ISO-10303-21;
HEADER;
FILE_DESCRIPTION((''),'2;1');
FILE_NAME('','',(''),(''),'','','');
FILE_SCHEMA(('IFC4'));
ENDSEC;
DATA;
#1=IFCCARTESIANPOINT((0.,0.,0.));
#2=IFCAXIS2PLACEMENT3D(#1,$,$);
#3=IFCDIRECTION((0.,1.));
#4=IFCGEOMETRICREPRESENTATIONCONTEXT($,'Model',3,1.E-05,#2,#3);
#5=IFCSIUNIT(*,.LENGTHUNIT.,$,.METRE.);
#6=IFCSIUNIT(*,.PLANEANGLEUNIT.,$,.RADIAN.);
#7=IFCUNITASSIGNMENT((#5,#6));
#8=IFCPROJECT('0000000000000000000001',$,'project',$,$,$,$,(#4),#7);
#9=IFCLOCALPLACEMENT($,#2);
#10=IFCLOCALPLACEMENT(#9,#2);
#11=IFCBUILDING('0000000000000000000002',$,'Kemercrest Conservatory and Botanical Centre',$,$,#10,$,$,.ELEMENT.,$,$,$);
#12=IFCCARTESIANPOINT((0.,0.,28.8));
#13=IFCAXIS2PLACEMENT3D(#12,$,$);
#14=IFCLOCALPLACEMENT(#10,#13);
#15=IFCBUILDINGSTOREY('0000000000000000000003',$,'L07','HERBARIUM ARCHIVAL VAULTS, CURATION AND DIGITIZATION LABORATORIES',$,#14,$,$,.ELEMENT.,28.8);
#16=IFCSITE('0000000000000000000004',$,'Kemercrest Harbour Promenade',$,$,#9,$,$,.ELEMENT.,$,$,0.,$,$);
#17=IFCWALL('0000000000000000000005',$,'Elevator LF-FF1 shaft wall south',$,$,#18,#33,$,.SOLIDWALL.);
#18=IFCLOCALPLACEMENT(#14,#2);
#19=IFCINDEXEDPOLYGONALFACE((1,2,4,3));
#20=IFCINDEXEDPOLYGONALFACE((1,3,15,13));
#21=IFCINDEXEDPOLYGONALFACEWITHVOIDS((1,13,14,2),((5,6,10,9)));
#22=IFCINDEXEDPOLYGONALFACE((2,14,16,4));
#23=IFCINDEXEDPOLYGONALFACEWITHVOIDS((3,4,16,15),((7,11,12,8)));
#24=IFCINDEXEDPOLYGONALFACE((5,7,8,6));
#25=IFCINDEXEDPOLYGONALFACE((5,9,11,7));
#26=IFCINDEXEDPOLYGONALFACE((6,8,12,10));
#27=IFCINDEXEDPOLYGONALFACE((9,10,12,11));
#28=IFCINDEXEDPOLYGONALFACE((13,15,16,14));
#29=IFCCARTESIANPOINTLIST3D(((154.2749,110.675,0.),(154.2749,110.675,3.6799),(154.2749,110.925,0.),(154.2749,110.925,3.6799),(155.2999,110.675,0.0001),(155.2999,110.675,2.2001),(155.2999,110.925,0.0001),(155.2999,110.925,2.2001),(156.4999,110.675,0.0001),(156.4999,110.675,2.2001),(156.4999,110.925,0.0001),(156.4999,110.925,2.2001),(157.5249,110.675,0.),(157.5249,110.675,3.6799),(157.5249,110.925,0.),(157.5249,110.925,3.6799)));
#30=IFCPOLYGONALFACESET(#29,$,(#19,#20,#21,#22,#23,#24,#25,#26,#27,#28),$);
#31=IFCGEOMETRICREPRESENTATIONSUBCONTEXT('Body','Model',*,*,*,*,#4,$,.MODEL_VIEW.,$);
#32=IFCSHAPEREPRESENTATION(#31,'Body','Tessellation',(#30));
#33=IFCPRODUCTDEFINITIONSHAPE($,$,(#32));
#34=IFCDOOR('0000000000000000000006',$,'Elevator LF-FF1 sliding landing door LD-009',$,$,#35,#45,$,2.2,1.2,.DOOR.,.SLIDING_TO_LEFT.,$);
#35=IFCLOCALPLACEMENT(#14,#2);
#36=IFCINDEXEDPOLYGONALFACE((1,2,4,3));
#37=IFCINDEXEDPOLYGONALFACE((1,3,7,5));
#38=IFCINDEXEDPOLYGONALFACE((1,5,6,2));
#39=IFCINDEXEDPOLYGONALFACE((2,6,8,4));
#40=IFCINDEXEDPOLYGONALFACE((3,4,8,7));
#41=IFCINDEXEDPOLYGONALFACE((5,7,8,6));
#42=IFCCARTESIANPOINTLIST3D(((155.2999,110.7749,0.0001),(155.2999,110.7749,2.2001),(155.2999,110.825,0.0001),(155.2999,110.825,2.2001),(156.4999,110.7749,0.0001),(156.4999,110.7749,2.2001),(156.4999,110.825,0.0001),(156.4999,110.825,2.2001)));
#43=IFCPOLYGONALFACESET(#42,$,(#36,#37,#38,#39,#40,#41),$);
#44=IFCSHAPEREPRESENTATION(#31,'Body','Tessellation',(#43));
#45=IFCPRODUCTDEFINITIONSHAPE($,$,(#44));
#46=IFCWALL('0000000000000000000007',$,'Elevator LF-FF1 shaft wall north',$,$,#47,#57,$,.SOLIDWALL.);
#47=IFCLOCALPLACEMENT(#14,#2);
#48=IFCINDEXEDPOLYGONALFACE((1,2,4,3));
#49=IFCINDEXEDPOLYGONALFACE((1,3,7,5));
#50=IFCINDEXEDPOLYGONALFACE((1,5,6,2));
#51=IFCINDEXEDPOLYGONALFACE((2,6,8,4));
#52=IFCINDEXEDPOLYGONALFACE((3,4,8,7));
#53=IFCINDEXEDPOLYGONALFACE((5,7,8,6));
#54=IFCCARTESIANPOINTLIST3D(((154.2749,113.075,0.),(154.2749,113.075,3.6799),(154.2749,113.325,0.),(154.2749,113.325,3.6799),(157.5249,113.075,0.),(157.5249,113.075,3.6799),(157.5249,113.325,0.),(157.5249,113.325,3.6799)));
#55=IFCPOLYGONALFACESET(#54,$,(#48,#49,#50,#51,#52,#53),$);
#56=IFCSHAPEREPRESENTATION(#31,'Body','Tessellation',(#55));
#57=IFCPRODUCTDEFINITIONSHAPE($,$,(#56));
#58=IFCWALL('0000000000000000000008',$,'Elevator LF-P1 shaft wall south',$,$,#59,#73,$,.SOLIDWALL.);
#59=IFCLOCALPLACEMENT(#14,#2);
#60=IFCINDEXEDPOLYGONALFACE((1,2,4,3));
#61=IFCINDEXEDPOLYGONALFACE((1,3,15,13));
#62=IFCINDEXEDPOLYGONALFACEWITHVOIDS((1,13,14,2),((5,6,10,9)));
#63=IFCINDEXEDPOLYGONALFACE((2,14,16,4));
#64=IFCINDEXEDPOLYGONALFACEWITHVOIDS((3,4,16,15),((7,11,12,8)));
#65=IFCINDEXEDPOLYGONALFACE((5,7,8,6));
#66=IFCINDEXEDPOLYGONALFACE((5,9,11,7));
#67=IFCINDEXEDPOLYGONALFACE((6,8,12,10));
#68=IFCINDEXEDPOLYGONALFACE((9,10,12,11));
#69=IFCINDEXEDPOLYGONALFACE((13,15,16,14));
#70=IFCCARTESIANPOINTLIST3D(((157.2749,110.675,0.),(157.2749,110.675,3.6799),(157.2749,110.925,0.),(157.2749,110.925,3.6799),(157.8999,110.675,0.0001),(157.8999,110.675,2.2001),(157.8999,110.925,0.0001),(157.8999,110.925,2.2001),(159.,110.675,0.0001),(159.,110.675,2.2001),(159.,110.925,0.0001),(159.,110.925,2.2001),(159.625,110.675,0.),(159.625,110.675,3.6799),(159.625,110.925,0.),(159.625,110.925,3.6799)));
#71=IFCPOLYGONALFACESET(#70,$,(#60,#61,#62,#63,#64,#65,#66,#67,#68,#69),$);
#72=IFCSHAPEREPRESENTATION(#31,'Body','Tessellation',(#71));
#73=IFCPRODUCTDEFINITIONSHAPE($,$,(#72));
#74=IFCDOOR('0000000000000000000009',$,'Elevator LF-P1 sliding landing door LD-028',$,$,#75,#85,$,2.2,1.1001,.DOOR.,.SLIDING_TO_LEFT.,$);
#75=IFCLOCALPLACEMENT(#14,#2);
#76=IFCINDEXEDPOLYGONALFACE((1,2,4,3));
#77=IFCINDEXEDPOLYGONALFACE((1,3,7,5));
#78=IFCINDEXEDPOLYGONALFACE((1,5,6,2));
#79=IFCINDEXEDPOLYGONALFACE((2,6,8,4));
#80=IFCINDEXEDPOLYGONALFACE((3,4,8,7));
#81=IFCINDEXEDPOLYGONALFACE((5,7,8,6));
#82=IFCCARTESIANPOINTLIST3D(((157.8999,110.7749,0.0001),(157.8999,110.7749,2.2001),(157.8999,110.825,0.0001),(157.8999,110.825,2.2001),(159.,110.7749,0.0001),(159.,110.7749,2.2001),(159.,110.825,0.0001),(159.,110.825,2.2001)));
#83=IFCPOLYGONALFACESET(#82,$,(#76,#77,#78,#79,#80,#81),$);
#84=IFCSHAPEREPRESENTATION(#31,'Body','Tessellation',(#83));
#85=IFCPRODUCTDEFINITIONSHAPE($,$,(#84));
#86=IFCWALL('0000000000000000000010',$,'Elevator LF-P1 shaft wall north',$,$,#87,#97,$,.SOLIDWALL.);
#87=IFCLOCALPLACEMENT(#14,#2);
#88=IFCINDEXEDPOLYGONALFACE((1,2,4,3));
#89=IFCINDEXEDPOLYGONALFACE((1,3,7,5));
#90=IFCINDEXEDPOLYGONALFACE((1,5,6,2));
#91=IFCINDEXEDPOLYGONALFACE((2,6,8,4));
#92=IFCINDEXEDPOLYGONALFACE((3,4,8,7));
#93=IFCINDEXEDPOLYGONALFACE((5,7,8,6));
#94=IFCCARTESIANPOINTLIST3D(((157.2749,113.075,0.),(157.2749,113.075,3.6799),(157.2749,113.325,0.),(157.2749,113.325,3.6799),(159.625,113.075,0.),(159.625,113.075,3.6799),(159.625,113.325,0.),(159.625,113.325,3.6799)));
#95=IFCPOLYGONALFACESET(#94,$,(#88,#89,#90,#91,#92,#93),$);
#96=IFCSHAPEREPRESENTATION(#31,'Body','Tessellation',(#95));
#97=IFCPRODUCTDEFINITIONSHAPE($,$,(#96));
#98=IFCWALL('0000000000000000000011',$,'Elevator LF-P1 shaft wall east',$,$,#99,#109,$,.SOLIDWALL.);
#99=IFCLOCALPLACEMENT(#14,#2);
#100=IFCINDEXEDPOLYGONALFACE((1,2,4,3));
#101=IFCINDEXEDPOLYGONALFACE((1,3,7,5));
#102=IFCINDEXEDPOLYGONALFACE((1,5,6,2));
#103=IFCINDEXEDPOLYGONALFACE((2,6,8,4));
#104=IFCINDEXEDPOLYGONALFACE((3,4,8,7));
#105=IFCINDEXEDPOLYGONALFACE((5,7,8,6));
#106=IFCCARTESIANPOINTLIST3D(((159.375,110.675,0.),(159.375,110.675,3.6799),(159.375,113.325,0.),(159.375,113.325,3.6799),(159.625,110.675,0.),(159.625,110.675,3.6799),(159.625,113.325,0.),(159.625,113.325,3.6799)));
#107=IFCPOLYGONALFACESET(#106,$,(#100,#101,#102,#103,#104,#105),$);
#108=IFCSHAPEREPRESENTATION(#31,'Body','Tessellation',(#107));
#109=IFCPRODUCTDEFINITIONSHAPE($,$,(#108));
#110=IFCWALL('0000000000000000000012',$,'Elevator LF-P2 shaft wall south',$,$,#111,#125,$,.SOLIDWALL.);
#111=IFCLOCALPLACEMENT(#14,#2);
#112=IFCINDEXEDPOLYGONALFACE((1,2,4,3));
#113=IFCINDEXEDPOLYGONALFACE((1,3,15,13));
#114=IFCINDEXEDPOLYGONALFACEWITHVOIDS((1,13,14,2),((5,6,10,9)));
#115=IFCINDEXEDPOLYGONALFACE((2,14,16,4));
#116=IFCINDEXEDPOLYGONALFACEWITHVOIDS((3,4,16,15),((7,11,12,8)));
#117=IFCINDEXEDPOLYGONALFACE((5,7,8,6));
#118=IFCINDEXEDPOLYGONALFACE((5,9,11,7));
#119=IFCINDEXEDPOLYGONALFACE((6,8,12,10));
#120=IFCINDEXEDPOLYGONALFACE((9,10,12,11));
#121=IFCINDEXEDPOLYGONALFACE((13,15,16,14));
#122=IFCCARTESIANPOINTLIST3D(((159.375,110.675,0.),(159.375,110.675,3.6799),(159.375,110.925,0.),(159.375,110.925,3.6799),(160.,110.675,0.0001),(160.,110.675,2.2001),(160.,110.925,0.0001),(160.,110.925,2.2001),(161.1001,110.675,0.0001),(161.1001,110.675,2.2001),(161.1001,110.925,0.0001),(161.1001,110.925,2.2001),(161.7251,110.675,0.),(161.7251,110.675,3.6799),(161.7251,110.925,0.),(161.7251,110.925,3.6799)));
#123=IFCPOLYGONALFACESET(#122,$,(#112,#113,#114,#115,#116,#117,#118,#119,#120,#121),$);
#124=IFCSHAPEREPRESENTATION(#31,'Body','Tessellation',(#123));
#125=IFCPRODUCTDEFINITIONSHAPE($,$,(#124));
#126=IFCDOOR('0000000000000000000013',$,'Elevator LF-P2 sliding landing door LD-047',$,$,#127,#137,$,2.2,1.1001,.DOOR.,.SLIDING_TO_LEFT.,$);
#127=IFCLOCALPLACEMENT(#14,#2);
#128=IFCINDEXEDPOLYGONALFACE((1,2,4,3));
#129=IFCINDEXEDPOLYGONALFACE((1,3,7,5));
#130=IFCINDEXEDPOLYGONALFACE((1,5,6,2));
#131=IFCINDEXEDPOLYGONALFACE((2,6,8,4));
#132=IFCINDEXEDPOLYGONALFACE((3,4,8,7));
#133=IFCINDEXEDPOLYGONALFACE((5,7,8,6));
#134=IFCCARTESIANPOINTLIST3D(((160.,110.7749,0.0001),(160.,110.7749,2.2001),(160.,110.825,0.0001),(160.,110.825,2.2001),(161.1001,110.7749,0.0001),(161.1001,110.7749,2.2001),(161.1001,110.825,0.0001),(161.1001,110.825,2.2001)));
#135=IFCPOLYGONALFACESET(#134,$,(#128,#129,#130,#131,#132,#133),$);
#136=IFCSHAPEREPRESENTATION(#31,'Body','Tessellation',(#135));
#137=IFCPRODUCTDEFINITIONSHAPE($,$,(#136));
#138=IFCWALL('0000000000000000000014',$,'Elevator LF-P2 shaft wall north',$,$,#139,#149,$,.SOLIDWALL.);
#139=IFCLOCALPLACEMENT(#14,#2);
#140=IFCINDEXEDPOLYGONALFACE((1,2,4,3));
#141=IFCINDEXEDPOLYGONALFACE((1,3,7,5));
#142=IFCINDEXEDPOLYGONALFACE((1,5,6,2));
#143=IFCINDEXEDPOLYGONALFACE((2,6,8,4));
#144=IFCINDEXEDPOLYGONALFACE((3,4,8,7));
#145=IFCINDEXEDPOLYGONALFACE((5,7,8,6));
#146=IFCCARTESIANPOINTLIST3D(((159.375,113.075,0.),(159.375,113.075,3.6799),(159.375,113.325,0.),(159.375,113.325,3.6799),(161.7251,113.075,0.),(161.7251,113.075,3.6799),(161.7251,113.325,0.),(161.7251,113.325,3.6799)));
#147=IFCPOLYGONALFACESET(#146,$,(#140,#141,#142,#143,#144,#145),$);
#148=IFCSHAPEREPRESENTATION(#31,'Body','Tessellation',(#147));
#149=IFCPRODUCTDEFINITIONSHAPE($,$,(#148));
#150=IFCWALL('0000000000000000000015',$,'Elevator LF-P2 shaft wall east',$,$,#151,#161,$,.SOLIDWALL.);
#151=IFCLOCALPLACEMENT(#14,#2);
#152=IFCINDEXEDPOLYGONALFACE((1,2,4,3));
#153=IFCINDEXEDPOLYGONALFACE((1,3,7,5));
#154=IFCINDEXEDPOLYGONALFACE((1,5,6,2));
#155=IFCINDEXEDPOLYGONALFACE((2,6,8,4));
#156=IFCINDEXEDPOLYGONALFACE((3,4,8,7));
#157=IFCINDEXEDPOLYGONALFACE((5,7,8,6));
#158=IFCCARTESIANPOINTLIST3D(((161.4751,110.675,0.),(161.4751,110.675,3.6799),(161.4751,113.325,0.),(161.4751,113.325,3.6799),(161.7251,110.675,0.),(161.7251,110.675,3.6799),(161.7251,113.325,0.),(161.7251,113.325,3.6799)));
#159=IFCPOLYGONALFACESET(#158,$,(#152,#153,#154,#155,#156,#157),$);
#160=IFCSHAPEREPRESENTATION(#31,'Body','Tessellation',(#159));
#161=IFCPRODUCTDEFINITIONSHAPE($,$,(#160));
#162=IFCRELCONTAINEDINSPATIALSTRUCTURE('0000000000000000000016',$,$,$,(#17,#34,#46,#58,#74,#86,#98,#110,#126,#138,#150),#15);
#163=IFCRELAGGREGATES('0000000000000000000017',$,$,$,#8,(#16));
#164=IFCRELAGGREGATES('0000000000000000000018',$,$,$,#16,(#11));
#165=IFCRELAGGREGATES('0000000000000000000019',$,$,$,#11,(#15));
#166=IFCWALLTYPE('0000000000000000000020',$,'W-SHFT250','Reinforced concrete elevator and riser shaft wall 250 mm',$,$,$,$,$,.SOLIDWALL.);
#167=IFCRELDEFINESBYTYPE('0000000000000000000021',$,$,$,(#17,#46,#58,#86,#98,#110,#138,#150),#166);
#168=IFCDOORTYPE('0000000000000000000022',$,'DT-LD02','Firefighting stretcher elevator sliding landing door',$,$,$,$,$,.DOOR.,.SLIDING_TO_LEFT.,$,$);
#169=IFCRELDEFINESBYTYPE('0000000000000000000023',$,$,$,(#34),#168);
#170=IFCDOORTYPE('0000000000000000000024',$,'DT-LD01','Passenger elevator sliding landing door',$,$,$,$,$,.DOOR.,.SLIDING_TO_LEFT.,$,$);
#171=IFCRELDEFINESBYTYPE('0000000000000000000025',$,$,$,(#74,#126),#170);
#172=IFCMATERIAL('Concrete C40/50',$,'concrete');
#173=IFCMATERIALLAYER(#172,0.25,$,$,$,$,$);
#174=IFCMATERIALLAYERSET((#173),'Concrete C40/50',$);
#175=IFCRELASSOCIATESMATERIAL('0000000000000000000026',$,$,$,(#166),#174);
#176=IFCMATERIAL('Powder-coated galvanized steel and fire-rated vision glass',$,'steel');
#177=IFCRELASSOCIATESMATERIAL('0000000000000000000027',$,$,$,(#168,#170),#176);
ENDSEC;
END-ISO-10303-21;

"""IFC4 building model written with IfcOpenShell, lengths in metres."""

from ifc_helpers import new_model, si_unit, direction, frame, frame_2d, origin, place, context, subcontext, project, spatial, rectangle, extrude, material, layer, layer_set, type_object, element, fill, save


model = new_model("IFC4")

# Units and contexts
model_context = context("Model", 3, precision=1e-05, world=origin(), true_north=direction((0.0, 1.0)))
body_context = subcontext(model_context, "Body", "Model", "MODEL_VIEW")
ifc_project = project(units=[si_unit("LENGTHUNIT", "METRE"), si_unit("PLANEANGLEUNIT", "RADIAN")], contexts=[model_context])

# Site, building, storey
site_placement = place(None, origin())
site = spatial("IfcSite", under=ifc_project, at=site_placement, Name="Kemercrest Harbour Promenade", CompositionType="ELEMENT", RefElevation=0.0)
building_placement = place(site_placement, origin())
building = spatial("IfcBuilding", under=site, at=building_placement, Name="Kemercrest Conservatory and Botanical Centre", CompositionType="ELEMENT")
storey_placement = place(building_placement, frame((0.0, 0.0, 28.8)))
storey = spatial("IfcBuildingStorey", under=building, at=storey_placement, Name="L07", Description="HERBARIUM ARCHIVAL VAULTS, CURATION AND DIGITIZATION LABORATORIES", CompositionType="ELEMENT", Elevation=28.8)

# Shared definitions
ifc_material_1 = material(Name="Concrete C40/50", Category="concrete")

# Wall, opening, door
ifc_layer_1 = layer(ifc_material_1, 0.25)
ifc_layer_set_1 = layer_set([ifc_layer_1], Name="Concrete C40/50")
wall_type_1 = type_object("IfcWallType", Name="W-SHFT250", Description="Reinforced concrete elevator and riser shaft wall 250 mm", PredefinedType="SOLIDWALL", material=ifc_layer_set_1)
wall_1_placement = place(storey_placement, frame((154.2749, 110.8, 0.0), z_axis=(0.0, 0.0, 1.0), x_axis=(1.0, 0.0, 0.0)))
wall_1 = element("IfcWall", 1, at=wall_1_placement, inside=storey, type_object=wall_type_1, Name="Elevator LF-FF1 shaft wall south", PredefinedType="SOLIDWALL", context=body_context, shape_type="SweptSolid", body=[
    extrude(rectangle(XDim=3.25, YDim=0.25, at=frame_2d((1.625, 0.0))), origin(), (0.0, 0.0, 1.0), 3.6799),
])
opening_1_placement = place(wall_1_placement, frame((1.0249, 0.0, 0.0)))
opening_1 = element("IfcOpeningElement", 2, at=opening_1_placement, cuts=wall_1, PredefinedType="OPENING", context=body_context, shape_type="SweptSolid", body=[
    extrude(rectangle(XDim=1.2, YDim=2.2, at=frame_2d((0.6001, 1.1001))), frame((0.0, 0.135, 0.0), z_axis=(0.0, -1.0, 0.0), x_axis=(1.0, 0.0, 0.0)), (0.0, 0.0, 1.0), 0.27),
])
ifc_material_2 = material(Name="Powder-coated galvanized steel and fire-rated vision glass", Category="steel")
door_type_1 = type_object("IfcDoorType", Name="DT-LD02", Description="Firefighting stretcher elevator sliding landing door", OperationType="SLIDING_TO_LEFT", PredefinedType="DOOR", material=ifc_material_2)
door_1_placement = place(opening_1_placement, origin())
door_1 = element("IfcDoor", 3, at=door_1_placement, inside=storey, type_object=door_type_1, Name="Elevator LF-FF1 sliding landing door LD-009", OperationType="SLIDING_TO_LEFT", OverallHeight=2.2, OverallWidth=1.2, PredefinedType="DOOR", context=body_context, shape_type="SweptSolid", body=[
    extrude(rectangle(XDim=1.2, YDim=2.2, at=frame_2d((0.6001, 1.1001))), frame((0.0, 0.0249, 0.0), z_axis=(0.0, -1.0, 0.0), x_axis=(1.0, 0.0, 0.0)), (0.0, 0.0, 1.0), 0.05),
])
fill(opening_1, door_1)

# Wall
wall_2_placement = place(storey_placement, frame((154.2749, 113.2, 0.0), z_axis=(0.0, 0.0, 1.0), x_axis=(1.0, 0.0, 0.0)))
element("IfcWall", 4, at=wall_2_placement, inside=storey, type_object=wall_type_1, Name="Elevator LF-FF1 shaft wall north", PredefinedType="SOLIDWALL", context=body_context, shape_type="SweptSolid", body=[
    extrude(rectangle(XDim=3.25, YDim=0.25, at=frame_2d((1.625, 0.0))), origin(), (0.0, 0.0, 1.0), 3.6799),
])

# Wall, opening, door
wall_3_placement = place(storey_placement, frame((157.2749, 110.8, 0.0), z_axis=(0.0, 0.0, 1.0), x_axis=(1.0, 0.0, 0.0)))
wall_3 = element("IfcWall", 5, at=wall_3_placement, inside=storey, type_object=wall_type_1, Name="Elevator LF-P1 shaft wall south", PredefinedType="SOLIDWALL", context=body_context, shape_type="SweptSolid", body=[
    extrude(rectangle(XDim=2.3501, YDim=0.25, at=frame_2d((1.175, 0.0))), origin(), (0.0, 0.0, 1.0), 3.6799),
])
opening_2_placement = place(wall_3_placement, frame((0.625, 0.0, 0.0)))
opening_2 = element("IfcOpeningElement", 6, at=opening_2_placement, cuts=wall_3, PredefinedType="OPENING", context=body_context, shape_type="SweptSolid", body=[
    extrude(rectangle(XDim=1.1001, YDim=2.2, at=frame_2d((0.55, 1.1001))), frame((0.0, 0.135, 0.0), z_axis=(0.0, -1.0, 0.0), x_axis=(1.0, 0.0, 0.0)), (0.0, 0.0, 1.0), 0.27),
])
door_type_2 = type_object("IfcDoorType", Name="DT-LD01", Description="Passenger elevator sliding landing door", OperationType="SLIDING_TO_LEFT", PredefinedType="DOOR", material=ifc_material_2)
door_2_placement = place(opening_2_placement, origin())
door_2 = element("IfcDoor", 7, at=door_2_placement, inside=storey, type_object=door_type_2, Name="Elevator LF-P1 sliding landing door LD-028", OperationType="SLIDING_TO_LEFT", OverallHeight=2.2, OverallWidth=1.1001, PredefinedType="DOOR", context=body_context, shape_type="SweptSolid", body=[
    extrude(rectangle(XDim=1.1001, YDim=2.2, at=frame_2d((0.55, 1.1001))), frame((0.0, 0.0249, 0.0), z_axis=(0.0, -1.0, 0.0), x_axis=(1.0, 0.0, 0.0)), (0.0, 0.0, 1.0), 0.05),
])
fill(opening_2, door_2)

# Walls
wall_4_placement = place(storey_placement, frame((157.2749, 113.2, 0.0), z_axis=(0.0, 0.0, 1.0), x_axis=(1.0, 0.0, 0.0)))
element("IfcWall", 8, at=wall_4_placement, inside=storey, type_object=wall_type_1, Name="Elevator LF-P1 shaft wall north", PredefinedType="SOLIDWALL", context=body_context, shape_type="SweptSolid", body=[
    extrude(rectangle(XDim=2.3501, YDim=0.25, at=frame_2d((1.175, 0.0))), origin(), (0.0, 0.0, 1.0), 3.6799),
])
wall_5_placement = place(storey_placement, frame((159.5, 110.675, 0.0), z_axis=(0.0, 0.0, 1.0), x_axis=(0.0, 1.0, 0.0)))
element("IfcWall", 9, at=wall_5_placement, inside=storey, type_object=wall_type_1, Name="Elevator LF-P1 shaft wall east", PredefinedType="SOLIDWALL", context=body_context, shape_type="SweptSolid", body=[
    extrude(rectangle(XDim=2.6499, YDim=0.25, at=frame_2d((1.325, 0.0))), origin(), (0.0, 0.0, 1.0), 3.6799),
])

# Wall, opening, door
wall_6_placement = place(storey_placement, frame((159.375, 110.8, 0.0), z_axis=(0.0, 0.0, 1.0), x_axis=(1.0, 0.0, 0.0)))
wall_6 = element("IfcWall", 10, at=wall_6_placement, inside=storey, type_object=wall_type_1, Name="Elevator LF-P2 shaft wall south", PredefinedType="SOLIDWALL", context=body_context, shape_type="SweptSolid", body=[
    extrude(rectangle(XDim=2.3501, YDim=0.25, at=frame_2d((1.175, 0.0))), origin(), (0.0, 0.0, 1.0), 3.6799),
])
opening_3_placement = place(wall_6_placement, frame((0.625, 0.0, 0.0)))
opening_3 = element("IfcOpeningElement", 11, at=opening_3_placement, cuts=wall_6, PredefinedType="OPENING", context=body_context, shape_type="SweptSolid", body=[
    extrude(rectangle(XDim=1.1001, YDim=2.2, at=frame_2d((0.55, 1.1001))), frame((0.0, 0.135, 0.0), z_axis=(0.0, -1.0, 0.0), x_axis=(1.0, 0.0, 0.0)), (0.0, 0.0, 1.0), 0.27),
])
door_3_placement = place(opening_3_placement, origin())
door_3 = element("IfcDoor", 12, at=door_3_placement, inside=storey, type_object=door_type_2, Name="Elevator LF-P2 sliding landing door LD-047", OperationType="SLIDING_TO_LEFT", OverallHeight=2.2, OverallWidth=1.1001, PredefinedType="DOOR", context=body_context, shape_type="SweptSolid", body=[
    extrude(rectangle(XDim=1.1001, YDim=2.2, at=frame_2d((0.55, 1.1001))), frame((0.0, 0.0249, 0.0), z_axis=(0.0, -1.0, 0.0), x_axis=(1.0, 0.0, 0.0)), (0.0, 0.0, 1.0), 0.05),
])
fill(opening_3, door_3)

# Walls
wall_7_placement = place(storey_placement, frame((159.375, 113.2, 0.0), z_axis=(0.0, 0.0, 1.0), x_axis=(1.0, 0.0, 0.0)))
element("IfcWall", 13, at=wall_7_placement, inside=storey, type_object=wall_type_1, Name="Elevator LF-P2 shaft wall north", PredefinedType="SOLIDWALL", context=body_context, shape_type="SweptSolid", body=[
    extrude(rectangle(XDim=2.3501, YDim=0.25, at=frame_2d((1.175, 0.0))), origin(), (0.0, 0.0, 1.0), 3.6799),
])
wall_8_placement = place(storey_placement, frame((161.6001, 110.675, 0.0), z_axis=(0.0, 0.0, 1.0), x_axis=(0.0, 1.0, 0.0)))
element("IfcWall", 14, at=wall_8_placement, inside=storey, type_object=wall_type_1, Name="Elevator LF-P2 shaft wall east", PredefinedType="SOLIDWALL", context=body_context, shape_type="SweptSolid", body=[
    extrude(rectangle(XDim=2.6499, YDim=0.25, at=frame_2d((1.325, 0.0))), origin(), (0.0, 0.0, 1.0), 3.6799),
])

save(model, "model.ifc")
